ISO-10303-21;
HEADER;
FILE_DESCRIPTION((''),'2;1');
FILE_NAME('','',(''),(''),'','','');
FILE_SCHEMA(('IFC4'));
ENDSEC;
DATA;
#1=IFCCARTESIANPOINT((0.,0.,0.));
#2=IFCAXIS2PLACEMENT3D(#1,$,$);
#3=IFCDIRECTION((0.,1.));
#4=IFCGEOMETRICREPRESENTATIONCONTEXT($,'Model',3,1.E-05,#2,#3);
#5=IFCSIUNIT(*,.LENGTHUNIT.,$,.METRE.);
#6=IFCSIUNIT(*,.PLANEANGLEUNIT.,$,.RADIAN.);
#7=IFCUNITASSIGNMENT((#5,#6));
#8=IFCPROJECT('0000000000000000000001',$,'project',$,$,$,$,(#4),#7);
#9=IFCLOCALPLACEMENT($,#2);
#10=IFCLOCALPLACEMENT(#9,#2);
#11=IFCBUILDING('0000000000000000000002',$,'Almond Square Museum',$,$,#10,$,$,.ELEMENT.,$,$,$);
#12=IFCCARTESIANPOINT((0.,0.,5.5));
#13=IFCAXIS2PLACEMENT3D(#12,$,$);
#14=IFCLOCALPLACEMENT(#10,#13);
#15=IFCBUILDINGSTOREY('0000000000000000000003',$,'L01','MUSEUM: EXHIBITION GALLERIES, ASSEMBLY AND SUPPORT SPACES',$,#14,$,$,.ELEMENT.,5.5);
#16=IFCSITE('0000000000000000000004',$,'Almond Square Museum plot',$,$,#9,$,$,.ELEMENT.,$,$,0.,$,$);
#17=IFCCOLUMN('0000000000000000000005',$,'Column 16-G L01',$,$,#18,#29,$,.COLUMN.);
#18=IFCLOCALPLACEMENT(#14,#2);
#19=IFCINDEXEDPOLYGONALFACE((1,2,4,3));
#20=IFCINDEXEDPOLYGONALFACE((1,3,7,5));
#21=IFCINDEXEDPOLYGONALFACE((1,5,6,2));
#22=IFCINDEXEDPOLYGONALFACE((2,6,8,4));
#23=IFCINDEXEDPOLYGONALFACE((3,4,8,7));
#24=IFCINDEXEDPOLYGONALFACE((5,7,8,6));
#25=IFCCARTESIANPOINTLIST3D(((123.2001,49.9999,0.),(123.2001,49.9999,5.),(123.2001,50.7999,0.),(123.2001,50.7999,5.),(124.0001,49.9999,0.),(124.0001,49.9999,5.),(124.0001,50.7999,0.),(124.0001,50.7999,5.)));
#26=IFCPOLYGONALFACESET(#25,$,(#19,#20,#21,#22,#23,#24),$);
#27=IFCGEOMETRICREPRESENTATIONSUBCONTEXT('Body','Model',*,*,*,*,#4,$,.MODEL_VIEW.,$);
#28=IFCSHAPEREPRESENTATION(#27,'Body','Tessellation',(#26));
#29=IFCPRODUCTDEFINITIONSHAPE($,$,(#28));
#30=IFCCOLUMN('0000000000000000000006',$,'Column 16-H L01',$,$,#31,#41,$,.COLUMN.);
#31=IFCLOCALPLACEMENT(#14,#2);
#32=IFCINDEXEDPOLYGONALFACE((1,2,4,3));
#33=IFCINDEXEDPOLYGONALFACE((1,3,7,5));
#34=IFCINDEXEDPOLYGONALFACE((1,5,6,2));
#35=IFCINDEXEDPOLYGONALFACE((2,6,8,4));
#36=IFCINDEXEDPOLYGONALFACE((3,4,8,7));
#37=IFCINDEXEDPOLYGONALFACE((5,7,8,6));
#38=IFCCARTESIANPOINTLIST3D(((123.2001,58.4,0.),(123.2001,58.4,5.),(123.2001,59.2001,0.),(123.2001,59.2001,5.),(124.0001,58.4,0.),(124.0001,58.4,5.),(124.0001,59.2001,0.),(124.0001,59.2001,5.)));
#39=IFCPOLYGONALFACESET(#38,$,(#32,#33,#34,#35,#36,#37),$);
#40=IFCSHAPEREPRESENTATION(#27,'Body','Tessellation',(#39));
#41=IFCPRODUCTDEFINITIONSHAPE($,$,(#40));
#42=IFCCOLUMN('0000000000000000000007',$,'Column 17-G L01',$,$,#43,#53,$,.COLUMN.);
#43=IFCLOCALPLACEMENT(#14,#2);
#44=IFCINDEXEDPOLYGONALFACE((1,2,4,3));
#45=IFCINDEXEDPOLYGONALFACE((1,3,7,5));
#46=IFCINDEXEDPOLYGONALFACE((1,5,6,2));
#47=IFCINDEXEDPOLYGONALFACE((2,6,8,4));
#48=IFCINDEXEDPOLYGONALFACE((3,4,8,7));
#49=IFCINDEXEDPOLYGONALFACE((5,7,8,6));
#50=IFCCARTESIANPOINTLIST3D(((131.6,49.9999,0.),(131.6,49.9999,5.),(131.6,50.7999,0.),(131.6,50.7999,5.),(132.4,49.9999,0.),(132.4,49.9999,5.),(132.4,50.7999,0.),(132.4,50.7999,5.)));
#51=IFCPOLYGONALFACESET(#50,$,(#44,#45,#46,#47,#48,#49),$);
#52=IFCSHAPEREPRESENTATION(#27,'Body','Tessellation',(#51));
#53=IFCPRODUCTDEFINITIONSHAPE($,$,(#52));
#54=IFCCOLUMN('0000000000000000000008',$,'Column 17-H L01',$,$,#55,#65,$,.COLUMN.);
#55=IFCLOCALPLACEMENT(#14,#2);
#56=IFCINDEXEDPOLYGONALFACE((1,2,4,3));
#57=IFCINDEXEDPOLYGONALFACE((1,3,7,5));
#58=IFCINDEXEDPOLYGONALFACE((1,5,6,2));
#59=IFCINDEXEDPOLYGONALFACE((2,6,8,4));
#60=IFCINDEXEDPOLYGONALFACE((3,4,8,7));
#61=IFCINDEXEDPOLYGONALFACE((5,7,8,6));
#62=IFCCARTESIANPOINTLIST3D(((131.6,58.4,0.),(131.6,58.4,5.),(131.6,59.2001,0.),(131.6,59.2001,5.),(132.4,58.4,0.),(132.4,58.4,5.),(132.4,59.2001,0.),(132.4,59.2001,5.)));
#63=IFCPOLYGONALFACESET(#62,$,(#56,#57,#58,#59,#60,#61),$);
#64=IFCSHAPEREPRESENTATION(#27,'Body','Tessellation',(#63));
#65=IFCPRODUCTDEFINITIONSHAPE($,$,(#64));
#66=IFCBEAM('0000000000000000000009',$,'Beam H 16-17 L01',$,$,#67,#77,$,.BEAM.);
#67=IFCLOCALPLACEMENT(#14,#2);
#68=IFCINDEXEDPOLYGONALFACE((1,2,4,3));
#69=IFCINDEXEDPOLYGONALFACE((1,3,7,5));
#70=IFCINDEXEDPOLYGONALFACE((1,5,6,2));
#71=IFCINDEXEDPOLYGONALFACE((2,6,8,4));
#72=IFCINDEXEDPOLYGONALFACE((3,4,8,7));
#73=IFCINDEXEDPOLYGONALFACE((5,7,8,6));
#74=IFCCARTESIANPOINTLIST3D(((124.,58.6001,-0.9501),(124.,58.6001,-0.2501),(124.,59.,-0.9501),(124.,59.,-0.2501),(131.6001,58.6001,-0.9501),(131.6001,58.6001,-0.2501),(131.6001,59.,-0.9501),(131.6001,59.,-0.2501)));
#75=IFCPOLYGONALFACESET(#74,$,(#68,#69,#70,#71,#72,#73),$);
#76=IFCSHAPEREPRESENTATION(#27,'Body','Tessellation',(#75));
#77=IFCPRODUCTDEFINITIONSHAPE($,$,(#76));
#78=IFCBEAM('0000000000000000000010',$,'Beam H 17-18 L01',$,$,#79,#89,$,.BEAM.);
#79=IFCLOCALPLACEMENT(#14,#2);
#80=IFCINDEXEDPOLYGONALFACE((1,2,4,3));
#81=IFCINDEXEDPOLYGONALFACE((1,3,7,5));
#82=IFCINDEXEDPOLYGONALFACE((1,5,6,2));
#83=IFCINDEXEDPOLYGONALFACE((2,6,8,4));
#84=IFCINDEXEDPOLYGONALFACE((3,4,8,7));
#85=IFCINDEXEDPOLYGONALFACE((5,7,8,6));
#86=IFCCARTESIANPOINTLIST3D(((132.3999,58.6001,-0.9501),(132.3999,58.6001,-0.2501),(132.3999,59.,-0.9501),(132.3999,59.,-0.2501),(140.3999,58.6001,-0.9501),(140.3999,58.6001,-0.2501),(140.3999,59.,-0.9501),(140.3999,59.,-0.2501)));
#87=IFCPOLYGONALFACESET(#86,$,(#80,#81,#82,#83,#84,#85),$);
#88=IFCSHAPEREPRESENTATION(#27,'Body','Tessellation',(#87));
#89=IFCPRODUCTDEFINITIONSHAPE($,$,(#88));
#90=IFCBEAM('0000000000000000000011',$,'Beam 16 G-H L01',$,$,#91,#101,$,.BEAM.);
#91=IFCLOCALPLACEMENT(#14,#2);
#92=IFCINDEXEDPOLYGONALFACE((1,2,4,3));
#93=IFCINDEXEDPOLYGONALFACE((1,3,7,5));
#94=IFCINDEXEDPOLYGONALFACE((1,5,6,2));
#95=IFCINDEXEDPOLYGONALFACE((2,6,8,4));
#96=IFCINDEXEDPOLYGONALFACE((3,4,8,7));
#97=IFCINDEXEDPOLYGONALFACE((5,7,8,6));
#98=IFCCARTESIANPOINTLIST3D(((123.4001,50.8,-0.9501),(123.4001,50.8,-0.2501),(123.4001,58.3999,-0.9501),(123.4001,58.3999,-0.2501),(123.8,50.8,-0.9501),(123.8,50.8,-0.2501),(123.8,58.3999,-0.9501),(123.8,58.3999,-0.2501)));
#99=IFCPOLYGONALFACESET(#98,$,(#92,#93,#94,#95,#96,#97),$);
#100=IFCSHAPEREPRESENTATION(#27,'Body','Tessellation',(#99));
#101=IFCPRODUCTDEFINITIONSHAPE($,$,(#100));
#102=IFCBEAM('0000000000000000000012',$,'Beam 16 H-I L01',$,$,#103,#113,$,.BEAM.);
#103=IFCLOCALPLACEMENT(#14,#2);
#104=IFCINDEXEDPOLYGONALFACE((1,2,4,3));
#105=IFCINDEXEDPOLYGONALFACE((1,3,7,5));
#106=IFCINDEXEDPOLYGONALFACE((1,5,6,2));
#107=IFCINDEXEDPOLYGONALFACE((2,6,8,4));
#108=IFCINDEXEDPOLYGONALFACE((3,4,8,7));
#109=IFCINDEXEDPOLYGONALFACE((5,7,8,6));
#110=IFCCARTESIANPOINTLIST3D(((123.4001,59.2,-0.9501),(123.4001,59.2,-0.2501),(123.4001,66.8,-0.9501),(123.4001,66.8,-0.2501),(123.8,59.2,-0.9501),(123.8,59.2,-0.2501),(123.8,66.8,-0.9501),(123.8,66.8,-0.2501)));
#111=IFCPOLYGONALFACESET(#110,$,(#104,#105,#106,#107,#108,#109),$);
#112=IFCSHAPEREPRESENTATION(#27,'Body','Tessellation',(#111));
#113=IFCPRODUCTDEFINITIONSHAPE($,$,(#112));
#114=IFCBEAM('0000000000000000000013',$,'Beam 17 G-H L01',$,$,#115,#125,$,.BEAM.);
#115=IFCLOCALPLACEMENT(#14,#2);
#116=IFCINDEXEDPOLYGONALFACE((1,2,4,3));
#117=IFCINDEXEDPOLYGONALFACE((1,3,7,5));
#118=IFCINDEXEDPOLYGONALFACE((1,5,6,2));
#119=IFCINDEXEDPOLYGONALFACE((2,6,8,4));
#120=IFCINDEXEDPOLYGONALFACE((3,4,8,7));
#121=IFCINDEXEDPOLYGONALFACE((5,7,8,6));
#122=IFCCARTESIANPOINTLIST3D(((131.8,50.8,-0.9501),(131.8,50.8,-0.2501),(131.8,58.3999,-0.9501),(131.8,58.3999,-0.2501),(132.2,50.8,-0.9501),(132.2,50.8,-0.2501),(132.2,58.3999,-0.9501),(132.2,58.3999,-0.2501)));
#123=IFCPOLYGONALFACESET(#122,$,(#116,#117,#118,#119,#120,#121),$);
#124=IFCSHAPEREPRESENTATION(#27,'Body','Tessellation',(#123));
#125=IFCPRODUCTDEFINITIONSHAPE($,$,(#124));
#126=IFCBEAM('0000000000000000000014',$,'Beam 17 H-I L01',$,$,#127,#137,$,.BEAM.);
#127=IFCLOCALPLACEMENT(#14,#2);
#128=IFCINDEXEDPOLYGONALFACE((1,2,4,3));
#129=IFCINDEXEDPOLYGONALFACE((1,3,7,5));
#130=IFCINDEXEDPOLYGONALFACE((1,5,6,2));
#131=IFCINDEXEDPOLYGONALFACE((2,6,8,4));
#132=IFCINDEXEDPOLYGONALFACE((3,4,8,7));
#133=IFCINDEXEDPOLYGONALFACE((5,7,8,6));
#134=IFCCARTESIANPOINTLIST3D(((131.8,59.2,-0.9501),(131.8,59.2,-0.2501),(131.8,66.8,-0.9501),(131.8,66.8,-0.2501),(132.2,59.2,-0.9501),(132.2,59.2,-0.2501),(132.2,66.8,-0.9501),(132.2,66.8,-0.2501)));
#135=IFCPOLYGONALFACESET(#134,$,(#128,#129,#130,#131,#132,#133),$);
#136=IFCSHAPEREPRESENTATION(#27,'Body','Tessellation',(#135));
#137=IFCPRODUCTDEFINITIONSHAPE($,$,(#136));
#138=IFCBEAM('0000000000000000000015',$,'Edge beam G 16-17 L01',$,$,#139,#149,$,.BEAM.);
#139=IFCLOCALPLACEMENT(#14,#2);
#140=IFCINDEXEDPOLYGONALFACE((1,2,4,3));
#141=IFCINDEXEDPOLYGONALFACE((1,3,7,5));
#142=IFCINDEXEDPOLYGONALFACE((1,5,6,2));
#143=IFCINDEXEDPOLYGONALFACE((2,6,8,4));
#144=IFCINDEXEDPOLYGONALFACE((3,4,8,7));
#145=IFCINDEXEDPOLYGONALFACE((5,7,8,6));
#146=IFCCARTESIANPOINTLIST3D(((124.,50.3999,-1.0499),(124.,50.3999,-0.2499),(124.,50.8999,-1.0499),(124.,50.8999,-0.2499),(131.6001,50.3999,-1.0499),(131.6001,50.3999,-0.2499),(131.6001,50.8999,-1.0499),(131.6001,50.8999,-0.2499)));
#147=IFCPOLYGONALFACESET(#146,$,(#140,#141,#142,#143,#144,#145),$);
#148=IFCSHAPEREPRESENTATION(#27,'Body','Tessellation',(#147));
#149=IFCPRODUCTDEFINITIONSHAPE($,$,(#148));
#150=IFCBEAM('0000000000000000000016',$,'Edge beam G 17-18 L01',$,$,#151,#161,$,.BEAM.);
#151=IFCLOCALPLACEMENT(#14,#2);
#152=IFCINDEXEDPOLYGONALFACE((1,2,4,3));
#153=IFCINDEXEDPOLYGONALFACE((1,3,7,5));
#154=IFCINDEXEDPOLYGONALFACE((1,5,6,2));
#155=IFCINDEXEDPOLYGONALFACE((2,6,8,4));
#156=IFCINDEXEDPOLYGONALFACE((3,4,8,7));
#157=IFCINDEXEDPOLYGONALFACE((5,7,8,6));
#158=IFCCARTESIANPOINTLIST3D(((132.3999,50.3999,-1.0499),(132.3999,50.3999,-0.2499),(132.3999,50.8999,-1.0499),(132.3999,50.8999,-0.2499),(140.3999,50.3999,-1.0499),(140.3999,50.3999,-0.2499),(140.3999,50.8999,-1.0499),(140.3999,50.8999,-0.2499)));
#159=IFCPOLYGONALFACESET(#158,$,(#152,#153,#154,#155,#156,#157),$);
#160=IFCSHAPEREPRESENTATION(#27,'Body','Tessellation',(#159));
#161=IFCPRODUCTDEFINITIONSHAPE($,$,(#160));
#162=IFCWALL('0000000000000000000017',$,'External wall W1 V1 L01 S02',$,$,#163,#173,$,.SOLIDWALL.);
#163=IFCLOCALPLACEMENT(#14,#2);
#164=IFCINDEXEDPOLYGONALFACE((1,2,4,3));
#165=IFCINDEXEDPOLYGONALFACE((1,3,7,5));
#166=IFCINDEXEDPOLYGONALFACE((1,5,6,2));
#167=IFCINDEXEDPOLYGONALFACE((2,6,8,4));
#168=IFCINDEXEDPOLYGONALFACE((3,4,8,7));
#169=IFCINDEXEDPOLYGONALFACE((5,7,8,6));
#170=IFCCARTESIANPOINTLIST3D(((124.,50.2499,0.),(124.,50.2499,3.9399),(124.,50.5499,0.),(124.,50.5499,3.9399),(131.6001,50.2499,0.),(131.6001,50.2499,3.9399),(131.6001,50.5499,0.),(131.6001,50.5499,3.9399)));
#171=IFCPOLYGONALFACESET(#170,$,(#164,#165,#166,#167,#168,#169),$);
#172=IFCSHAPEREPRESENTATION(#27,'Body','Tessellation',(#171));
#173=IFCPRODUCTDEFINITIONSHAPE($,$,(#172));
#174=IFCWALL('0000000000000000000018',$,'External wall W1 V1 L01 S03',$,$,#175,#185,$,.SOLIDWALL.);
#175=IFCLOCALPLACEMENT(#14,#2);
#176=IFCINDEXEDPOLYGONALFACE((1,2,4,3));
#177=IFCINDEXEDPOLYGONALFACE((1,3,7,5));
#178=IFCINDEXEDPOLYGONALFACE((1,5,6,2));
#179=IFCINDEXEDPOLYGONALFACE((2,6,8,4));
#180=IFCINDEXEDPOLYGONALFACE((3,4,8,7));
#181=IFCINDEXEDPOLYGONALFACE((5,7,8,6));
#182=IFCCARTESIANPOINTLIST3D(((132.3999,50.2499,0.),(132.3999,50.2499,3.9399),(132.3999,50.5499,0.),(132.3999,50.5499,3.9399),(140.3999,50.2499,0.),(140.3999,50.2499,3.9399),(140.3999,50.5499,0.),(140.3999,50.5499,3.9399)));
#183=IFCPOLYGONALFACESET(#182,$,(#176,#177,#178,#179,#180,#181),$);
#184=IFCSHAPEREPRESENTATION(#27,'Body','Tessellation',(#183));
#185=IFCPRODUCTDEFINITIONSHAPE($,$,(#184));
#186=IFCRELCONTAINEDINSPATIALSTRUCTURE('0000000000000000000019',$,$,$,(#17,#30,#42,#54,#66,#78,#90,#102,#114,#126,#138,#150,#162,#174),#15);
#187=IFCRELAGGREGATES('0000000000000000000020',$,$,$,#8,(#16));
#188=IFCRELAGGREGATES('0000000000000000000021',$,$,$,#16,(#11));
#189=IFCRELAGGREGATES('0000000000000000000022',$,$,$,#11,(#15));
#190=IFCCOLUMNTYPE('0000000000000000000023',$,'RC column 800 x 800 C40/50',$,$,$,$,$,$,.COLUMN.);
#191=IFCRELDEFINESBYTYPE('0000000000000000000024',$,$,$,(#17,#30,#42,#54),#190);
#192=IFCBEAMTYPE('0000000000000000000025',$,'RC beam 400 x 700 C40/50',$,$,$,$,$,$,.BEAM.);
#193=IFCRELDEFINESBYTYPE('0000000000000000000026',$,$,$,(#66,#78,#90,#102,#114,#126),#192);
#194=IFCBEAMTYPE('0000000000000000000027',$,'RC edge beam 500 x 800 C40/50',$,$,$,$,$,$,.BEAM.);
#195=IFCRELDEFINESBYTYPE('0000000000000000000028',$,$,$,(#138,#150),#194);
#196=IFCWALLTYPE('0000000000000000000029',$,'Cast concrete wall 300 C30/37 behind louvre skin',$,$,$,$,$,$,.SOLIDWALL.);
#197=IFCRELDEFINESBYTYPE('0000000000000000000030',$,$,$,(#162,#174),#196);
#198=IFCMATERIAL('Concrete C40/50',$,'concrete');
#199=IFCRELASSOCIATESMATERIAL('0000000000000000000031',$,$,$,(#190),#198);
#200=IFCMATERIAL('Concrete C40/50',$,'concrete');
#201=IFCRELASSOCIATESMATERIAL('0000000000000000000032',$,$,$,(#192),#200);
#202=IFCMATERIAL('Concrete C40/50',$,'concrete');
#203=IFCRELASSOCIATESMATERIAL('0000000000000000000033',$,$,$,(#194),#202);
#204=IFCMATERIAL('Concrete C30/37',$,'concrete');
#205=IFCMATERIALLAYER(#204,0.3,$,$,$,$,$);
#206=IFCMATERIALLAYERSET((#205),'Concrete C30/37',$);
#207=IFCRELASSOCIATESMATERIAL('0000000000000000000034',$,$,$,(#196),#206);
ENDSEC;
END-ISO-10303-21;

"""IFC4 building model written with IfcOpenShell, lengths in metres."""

from ifc_helpers import new_model, si_unit, direction, frame, frame_2d, origin, origin_2d, place, context, subcontext, project, spatial, rectangle, extrude, material, layer, layer_set, material_profile, profile_set, type_object, element, save


model = new_model("IFC4")

# Units and contexts
model_context = context("Model", 3, precision=1e-05, world=origin(), true_north=direction((0.0, 1.0)))
body_context = subcontext(model_context, "Body", "Model", "MODEL_VIEW")
ifc_project = project(units=[si_unit("LENGTHUNIT", "METRE"), si_unit("PLANEANGLEUNIT", "RADIAN")], contexts=[model_context])

# Site, building, storey
site_placement = place(None, origin())
site = spatial("IfcSite", under=ifc_project, at=site_placement, Name="Almond Square Museum plot", CompositionType="ELEMENT", RefElevation=0.0)
building_placement = place(site_placement, origin())
building = spatial("IfcBuilding", under=site, at=building_placement, Name="Almond Square Museum", CompositionType="ELEMENT")
storey_placement = place(building_placement, frame((0.0, 0.0, 5.5)))
storey = spatial("IfcBuildingStorey", under=building, at=storey_placement, Name="L01", Description="MUSEUM: EXHIBITION GALLERIES, ASSEMBLY AND SUPPORT SPACES", CompositionType="ELEMENT", Elevation=5.5)

# Columns
ifc_material_1 = material(Name="Concrete C40/50", Category="concrete")
ifc_material_profile_1 = material_profile(ifc_material_1, rectangle(XDim=0.8, YDim=0.8, at=origin_2d()))
ifc_profile_set_1 = profile_set([ifc_material_profile_1], Name="Concrete C40/50")
column_type = type_object("IfcColumnType", Name="RC column 800 x 800 C40/50", PredefinedType="COLUMN", material=ifc_profile_set_1)
for number, where, z_axis, x_axis, name in (
    (1, (123.6001, 50.3999, 0.0), (0.0, 0.0, 1.0), (1.0, 0.0, 0.0), "Column 16-G L01"),
    (2, (123.6001, 58.8, 0.0), (0.0, 0.0, 1.0), (1.0, 0.0, 0.0), "Column 16-H L01"),
    (3, (132.0, 50.3999, 0.0), (0.0, 0.0, 1.0), (1.0, 0.0, 0.0), "Column 17-G L01"),
    (4, (132.0, 58.8, 0.0), (0.0, 0.0, 1.0), (1.0, 0.0, 0.0), "Column 17-H L01"),
):
    element("IfcColumn", number, at=place(storey_placement, frame(where, z_axis=z_axis, x_axis=x_axis)), inside=storey, type_object=column_type, Name=name, PredefinedType="COLUMN", context=body_context, shape_type="SweptSolid", body=[
        extrude(rectangle(XDim=0.8, YDim=0.8, at=origin_2d()), origin(), (0.0, 0.0, 1.0), 5.0),
    ])

# Beams
ifc_material_2 = material(Name="Concrete C40/50", Category="concrete")
ifc_material_profile_2 = material_profile(ifc_material_2, rectangle(XDim=0.3999, YDim=0.7, at=origin_2d()))
ifc_profile_set_2 = profile_set([ifc_material_profile_2], Name="Concrete C40/50")
beam_type_1 = type_object("IfcBeamType", Name="RC beam 400 x 700 C40/50", PredefinedType="BEAM", material=ifc_profile_set_2)
beam_1_placement = place(storey_placement, frame((124.0, 58.8, -0.6001), z_axis=(1.0, 0.0, 0.0), x_axis=(0.0, 1.0, 0.0)))
element("IfcBeam", 5, at=beam_1_placement, inside=storey, type_object=beam_type_1, Name="Beam H 16-17 L01", PredefinedType="BEAM", context=body_context, shape_type="SweptSolid", body=[
    extrude(rectangle(XDim=0.3999, YDim=0.7, at=origin_2d()), origin(), (0.0, 0.0, 1.0), 7.6001),
])
beam_2_placement = place(storey_placement, frame((132.3999, 58.8, -0.6001), z_axis=(1.0, 0.0, 0.0), x_axis=(0.0, 1.0, 0.0)))
element("IfcBeam", 6, at=beam_2_placement, inside=storey, type_object=beam_type_1, Name="Beam H 17-18 L01", PredefinedType="BEAM", context=body_context, shape_type="SweptSolid", body=[
    extrude(rectangle(XDim=0.3999, YDim=0.7, at=origin_2d()), origin(), (0.0, 0.0, 1.0), 8.0),
])
beam_3_placement = place(storey_placement, frame((123.6001, 50.8, -0.6001), z_axis=(0.0, 1.0, 0.0), x_axis=(-1.0, 0.0, 0.0)))
element("IfcBeam", 7, at=beam_3_placement, inside=storey, type_object=beam_type_1, Name="Beam 16 G-H L01", PredefinedType="BEAM", context=body_context, shape_type="SweptSolid", body=[
    extrude(rectangle(XDim=0.3999, YDim=0.7, at=origin_2d()), origin(), (0.0, 0.0, 1.0), 7.5999),
])
beam_4_placement = place(storey_placement, frame((123.6001, 59.2, -0.6001), z_axis=(0.0, 1.0, 0.0), x_axis=(-1.0, 0.0, 0.0)))
element("IfcBeam", 8, at=beam_4_placement, inside=storey, type_object=beam_type_1, Name="Beam 16 H-I L01", PredefinedType="BEAM", context=body_context, shape_type="SweptSolid", body=[
    extrude(rectangle(XDim=0.3999, YDim=0.7, at=origin_2d()), origin(), (0.0, 0.0, 1.0), 7.6001),
])
beam_5_placement = place(storey_placement, frame((132.0, 50.8, -0.6001), z_axis=(0.0, 1.0, 0.0), x_axis=(-1.0, 0.0, 0.0)))
element("IfcBeam", 9, at=beam_5_placement, inside=storey, type_object=beam_type_1, Name="Beam 17 G-H L01", PredefinedType="BEAM", context=body_context, shape_type="SweptSolid", body=[
    extrude(rectangle(XDim=0.3999, YDim=0.7, at=origin_2d()), origin(), (0.0, 0.0, 1.0), 7.5999),
])
beam_6_placement = place(storey_placement, frame((132.0, 59.2, -0.6001), z_axis=(0.0, 1.0, 0.0), x_axis=(-1.0, 0.0, 0.0)))
element("IfcBeam", 10, at=beam_6_placement, inside=storey, type_object=beam_type_1, Name="Beam 17 H-I L01", PredefinedType="BEAM", context=body_context, shape_type="SweptSolid", body=[
    extrude(rectangle(XDim=0.3999, YDim=0.7, at=origin_2d()), origin(), (0.0, 0.0, 1.0), 7.6001),
])
ifc_material_3 = material(Name="Concrete C40/50", Category="concrete")
ifc_material_profile_3 = material_profile(ifc_material_3, rectangle(XDim=0.5, YDim=0.8, at=origin_2d()))
ifc_profile_set_3 = profile_set([ifc_material_profile_3], Name="Concrete C40/50")
beam_type_2 = type_object("IfcBeamType", Name="RC edge beam 500 x 800 C40/50", PredefinedType="BEAM", material=ifc_profile_set_3)
beam_7_placement = place(storey_placement, frame((124.0, 50.6499, -0.6499), z_axis=(1.0, 0.0, 0.0), x_axis=(0.0, 1.0, 0.0)))
element("IfcBeam", 11, at=beam_7_placement, inside=storey, type_object=beam_type_2, Name="Edge beam G 16-17 L01", PredefinedType="BEAM", context=body_context, shape_type="SweptSolid", body=[
    extrude(rectangle(XDim=0.5, YDim=0.8, at=origin_2d()), origin(), (0.0, 0.0, 1.0), 7.6001),
])
beam_8_placement = place(storey_placement, frame((132.3999, 50.6499, -0.6499), z_axis=(1.0, 0.0, 0.0), x_axis=(0.0, 1.0, 0.0)))
element("IfcBeam", 12, at=beam_8_placement, inside=storey, type_object=beam_type_2, Name="Edge beam G 17-18 L01", PredefinedType="BEAM", context=body_context, shape_type="SweptSolid", body=[
    extrude(rectangle(XDim=0.5, YDim=0.8, at=origin_2d()), origin(), (0.0, 0.0, 1.0), 8.0),
])

# Walls
ifc_material_4 = material(Name="Concrete C30/37", Category="concrete")
ifc_layer_1 = layer(ifc_material_4, 0.3)
ifc_layer_set_1 = layer_set([ifc_layer_1], Name="Concrete C30/37")
wall_type = type_object("IfcWallType", Name="Cast concrete wall 300 C30/37 behind louvre skin", PredefinedType="SOLIDWALL", material=ifc_layer_set_1)
wall_1_placement = place(storey_placement, frame((124.0, 50.3999, 0.0), z_axis=(0.0, 0.0, 1.0), x_axis=(1.0, 0.0, 0.0)))
element("IfcWall", 13, at=wall_1_placement, inside=storey, type_object=wall_type, Name="External wall W1 V1 L01 S02", PredefinedType="SOLIDWALL", context=body_context, shape_type="SweptSolid", body=[
    extrude(rectangle(XDim=7.6001, YDim=0.3, at=frame_2d((3.8, 0.0))), origin(), (0.0, 0.0, 1.0), 3.9399),
])
wall_2_placement = place(storey_placement, frame((132.3999, 50.3999, 0.0), z_axis=(0.0, 0.0, 1.0), x_axis=(1.0, 0.0, 0.0)))
element("IfcWall", 14, at=wall_2_placement, inside=storey, type_object=wall_type, Name="External wall W1 V1 L01 S03", PredefinedType="SOLIDWALL", context=body_context, shape_type="SweptSolid", body=[
    extrude(rectangle(XDim=8.0, YDim=0.3, at=frame_2d((4.0, 0.0))), origin(), (0.0, 0.0, 1.0), 3.9399),
])

save(model, "model.ifc")
